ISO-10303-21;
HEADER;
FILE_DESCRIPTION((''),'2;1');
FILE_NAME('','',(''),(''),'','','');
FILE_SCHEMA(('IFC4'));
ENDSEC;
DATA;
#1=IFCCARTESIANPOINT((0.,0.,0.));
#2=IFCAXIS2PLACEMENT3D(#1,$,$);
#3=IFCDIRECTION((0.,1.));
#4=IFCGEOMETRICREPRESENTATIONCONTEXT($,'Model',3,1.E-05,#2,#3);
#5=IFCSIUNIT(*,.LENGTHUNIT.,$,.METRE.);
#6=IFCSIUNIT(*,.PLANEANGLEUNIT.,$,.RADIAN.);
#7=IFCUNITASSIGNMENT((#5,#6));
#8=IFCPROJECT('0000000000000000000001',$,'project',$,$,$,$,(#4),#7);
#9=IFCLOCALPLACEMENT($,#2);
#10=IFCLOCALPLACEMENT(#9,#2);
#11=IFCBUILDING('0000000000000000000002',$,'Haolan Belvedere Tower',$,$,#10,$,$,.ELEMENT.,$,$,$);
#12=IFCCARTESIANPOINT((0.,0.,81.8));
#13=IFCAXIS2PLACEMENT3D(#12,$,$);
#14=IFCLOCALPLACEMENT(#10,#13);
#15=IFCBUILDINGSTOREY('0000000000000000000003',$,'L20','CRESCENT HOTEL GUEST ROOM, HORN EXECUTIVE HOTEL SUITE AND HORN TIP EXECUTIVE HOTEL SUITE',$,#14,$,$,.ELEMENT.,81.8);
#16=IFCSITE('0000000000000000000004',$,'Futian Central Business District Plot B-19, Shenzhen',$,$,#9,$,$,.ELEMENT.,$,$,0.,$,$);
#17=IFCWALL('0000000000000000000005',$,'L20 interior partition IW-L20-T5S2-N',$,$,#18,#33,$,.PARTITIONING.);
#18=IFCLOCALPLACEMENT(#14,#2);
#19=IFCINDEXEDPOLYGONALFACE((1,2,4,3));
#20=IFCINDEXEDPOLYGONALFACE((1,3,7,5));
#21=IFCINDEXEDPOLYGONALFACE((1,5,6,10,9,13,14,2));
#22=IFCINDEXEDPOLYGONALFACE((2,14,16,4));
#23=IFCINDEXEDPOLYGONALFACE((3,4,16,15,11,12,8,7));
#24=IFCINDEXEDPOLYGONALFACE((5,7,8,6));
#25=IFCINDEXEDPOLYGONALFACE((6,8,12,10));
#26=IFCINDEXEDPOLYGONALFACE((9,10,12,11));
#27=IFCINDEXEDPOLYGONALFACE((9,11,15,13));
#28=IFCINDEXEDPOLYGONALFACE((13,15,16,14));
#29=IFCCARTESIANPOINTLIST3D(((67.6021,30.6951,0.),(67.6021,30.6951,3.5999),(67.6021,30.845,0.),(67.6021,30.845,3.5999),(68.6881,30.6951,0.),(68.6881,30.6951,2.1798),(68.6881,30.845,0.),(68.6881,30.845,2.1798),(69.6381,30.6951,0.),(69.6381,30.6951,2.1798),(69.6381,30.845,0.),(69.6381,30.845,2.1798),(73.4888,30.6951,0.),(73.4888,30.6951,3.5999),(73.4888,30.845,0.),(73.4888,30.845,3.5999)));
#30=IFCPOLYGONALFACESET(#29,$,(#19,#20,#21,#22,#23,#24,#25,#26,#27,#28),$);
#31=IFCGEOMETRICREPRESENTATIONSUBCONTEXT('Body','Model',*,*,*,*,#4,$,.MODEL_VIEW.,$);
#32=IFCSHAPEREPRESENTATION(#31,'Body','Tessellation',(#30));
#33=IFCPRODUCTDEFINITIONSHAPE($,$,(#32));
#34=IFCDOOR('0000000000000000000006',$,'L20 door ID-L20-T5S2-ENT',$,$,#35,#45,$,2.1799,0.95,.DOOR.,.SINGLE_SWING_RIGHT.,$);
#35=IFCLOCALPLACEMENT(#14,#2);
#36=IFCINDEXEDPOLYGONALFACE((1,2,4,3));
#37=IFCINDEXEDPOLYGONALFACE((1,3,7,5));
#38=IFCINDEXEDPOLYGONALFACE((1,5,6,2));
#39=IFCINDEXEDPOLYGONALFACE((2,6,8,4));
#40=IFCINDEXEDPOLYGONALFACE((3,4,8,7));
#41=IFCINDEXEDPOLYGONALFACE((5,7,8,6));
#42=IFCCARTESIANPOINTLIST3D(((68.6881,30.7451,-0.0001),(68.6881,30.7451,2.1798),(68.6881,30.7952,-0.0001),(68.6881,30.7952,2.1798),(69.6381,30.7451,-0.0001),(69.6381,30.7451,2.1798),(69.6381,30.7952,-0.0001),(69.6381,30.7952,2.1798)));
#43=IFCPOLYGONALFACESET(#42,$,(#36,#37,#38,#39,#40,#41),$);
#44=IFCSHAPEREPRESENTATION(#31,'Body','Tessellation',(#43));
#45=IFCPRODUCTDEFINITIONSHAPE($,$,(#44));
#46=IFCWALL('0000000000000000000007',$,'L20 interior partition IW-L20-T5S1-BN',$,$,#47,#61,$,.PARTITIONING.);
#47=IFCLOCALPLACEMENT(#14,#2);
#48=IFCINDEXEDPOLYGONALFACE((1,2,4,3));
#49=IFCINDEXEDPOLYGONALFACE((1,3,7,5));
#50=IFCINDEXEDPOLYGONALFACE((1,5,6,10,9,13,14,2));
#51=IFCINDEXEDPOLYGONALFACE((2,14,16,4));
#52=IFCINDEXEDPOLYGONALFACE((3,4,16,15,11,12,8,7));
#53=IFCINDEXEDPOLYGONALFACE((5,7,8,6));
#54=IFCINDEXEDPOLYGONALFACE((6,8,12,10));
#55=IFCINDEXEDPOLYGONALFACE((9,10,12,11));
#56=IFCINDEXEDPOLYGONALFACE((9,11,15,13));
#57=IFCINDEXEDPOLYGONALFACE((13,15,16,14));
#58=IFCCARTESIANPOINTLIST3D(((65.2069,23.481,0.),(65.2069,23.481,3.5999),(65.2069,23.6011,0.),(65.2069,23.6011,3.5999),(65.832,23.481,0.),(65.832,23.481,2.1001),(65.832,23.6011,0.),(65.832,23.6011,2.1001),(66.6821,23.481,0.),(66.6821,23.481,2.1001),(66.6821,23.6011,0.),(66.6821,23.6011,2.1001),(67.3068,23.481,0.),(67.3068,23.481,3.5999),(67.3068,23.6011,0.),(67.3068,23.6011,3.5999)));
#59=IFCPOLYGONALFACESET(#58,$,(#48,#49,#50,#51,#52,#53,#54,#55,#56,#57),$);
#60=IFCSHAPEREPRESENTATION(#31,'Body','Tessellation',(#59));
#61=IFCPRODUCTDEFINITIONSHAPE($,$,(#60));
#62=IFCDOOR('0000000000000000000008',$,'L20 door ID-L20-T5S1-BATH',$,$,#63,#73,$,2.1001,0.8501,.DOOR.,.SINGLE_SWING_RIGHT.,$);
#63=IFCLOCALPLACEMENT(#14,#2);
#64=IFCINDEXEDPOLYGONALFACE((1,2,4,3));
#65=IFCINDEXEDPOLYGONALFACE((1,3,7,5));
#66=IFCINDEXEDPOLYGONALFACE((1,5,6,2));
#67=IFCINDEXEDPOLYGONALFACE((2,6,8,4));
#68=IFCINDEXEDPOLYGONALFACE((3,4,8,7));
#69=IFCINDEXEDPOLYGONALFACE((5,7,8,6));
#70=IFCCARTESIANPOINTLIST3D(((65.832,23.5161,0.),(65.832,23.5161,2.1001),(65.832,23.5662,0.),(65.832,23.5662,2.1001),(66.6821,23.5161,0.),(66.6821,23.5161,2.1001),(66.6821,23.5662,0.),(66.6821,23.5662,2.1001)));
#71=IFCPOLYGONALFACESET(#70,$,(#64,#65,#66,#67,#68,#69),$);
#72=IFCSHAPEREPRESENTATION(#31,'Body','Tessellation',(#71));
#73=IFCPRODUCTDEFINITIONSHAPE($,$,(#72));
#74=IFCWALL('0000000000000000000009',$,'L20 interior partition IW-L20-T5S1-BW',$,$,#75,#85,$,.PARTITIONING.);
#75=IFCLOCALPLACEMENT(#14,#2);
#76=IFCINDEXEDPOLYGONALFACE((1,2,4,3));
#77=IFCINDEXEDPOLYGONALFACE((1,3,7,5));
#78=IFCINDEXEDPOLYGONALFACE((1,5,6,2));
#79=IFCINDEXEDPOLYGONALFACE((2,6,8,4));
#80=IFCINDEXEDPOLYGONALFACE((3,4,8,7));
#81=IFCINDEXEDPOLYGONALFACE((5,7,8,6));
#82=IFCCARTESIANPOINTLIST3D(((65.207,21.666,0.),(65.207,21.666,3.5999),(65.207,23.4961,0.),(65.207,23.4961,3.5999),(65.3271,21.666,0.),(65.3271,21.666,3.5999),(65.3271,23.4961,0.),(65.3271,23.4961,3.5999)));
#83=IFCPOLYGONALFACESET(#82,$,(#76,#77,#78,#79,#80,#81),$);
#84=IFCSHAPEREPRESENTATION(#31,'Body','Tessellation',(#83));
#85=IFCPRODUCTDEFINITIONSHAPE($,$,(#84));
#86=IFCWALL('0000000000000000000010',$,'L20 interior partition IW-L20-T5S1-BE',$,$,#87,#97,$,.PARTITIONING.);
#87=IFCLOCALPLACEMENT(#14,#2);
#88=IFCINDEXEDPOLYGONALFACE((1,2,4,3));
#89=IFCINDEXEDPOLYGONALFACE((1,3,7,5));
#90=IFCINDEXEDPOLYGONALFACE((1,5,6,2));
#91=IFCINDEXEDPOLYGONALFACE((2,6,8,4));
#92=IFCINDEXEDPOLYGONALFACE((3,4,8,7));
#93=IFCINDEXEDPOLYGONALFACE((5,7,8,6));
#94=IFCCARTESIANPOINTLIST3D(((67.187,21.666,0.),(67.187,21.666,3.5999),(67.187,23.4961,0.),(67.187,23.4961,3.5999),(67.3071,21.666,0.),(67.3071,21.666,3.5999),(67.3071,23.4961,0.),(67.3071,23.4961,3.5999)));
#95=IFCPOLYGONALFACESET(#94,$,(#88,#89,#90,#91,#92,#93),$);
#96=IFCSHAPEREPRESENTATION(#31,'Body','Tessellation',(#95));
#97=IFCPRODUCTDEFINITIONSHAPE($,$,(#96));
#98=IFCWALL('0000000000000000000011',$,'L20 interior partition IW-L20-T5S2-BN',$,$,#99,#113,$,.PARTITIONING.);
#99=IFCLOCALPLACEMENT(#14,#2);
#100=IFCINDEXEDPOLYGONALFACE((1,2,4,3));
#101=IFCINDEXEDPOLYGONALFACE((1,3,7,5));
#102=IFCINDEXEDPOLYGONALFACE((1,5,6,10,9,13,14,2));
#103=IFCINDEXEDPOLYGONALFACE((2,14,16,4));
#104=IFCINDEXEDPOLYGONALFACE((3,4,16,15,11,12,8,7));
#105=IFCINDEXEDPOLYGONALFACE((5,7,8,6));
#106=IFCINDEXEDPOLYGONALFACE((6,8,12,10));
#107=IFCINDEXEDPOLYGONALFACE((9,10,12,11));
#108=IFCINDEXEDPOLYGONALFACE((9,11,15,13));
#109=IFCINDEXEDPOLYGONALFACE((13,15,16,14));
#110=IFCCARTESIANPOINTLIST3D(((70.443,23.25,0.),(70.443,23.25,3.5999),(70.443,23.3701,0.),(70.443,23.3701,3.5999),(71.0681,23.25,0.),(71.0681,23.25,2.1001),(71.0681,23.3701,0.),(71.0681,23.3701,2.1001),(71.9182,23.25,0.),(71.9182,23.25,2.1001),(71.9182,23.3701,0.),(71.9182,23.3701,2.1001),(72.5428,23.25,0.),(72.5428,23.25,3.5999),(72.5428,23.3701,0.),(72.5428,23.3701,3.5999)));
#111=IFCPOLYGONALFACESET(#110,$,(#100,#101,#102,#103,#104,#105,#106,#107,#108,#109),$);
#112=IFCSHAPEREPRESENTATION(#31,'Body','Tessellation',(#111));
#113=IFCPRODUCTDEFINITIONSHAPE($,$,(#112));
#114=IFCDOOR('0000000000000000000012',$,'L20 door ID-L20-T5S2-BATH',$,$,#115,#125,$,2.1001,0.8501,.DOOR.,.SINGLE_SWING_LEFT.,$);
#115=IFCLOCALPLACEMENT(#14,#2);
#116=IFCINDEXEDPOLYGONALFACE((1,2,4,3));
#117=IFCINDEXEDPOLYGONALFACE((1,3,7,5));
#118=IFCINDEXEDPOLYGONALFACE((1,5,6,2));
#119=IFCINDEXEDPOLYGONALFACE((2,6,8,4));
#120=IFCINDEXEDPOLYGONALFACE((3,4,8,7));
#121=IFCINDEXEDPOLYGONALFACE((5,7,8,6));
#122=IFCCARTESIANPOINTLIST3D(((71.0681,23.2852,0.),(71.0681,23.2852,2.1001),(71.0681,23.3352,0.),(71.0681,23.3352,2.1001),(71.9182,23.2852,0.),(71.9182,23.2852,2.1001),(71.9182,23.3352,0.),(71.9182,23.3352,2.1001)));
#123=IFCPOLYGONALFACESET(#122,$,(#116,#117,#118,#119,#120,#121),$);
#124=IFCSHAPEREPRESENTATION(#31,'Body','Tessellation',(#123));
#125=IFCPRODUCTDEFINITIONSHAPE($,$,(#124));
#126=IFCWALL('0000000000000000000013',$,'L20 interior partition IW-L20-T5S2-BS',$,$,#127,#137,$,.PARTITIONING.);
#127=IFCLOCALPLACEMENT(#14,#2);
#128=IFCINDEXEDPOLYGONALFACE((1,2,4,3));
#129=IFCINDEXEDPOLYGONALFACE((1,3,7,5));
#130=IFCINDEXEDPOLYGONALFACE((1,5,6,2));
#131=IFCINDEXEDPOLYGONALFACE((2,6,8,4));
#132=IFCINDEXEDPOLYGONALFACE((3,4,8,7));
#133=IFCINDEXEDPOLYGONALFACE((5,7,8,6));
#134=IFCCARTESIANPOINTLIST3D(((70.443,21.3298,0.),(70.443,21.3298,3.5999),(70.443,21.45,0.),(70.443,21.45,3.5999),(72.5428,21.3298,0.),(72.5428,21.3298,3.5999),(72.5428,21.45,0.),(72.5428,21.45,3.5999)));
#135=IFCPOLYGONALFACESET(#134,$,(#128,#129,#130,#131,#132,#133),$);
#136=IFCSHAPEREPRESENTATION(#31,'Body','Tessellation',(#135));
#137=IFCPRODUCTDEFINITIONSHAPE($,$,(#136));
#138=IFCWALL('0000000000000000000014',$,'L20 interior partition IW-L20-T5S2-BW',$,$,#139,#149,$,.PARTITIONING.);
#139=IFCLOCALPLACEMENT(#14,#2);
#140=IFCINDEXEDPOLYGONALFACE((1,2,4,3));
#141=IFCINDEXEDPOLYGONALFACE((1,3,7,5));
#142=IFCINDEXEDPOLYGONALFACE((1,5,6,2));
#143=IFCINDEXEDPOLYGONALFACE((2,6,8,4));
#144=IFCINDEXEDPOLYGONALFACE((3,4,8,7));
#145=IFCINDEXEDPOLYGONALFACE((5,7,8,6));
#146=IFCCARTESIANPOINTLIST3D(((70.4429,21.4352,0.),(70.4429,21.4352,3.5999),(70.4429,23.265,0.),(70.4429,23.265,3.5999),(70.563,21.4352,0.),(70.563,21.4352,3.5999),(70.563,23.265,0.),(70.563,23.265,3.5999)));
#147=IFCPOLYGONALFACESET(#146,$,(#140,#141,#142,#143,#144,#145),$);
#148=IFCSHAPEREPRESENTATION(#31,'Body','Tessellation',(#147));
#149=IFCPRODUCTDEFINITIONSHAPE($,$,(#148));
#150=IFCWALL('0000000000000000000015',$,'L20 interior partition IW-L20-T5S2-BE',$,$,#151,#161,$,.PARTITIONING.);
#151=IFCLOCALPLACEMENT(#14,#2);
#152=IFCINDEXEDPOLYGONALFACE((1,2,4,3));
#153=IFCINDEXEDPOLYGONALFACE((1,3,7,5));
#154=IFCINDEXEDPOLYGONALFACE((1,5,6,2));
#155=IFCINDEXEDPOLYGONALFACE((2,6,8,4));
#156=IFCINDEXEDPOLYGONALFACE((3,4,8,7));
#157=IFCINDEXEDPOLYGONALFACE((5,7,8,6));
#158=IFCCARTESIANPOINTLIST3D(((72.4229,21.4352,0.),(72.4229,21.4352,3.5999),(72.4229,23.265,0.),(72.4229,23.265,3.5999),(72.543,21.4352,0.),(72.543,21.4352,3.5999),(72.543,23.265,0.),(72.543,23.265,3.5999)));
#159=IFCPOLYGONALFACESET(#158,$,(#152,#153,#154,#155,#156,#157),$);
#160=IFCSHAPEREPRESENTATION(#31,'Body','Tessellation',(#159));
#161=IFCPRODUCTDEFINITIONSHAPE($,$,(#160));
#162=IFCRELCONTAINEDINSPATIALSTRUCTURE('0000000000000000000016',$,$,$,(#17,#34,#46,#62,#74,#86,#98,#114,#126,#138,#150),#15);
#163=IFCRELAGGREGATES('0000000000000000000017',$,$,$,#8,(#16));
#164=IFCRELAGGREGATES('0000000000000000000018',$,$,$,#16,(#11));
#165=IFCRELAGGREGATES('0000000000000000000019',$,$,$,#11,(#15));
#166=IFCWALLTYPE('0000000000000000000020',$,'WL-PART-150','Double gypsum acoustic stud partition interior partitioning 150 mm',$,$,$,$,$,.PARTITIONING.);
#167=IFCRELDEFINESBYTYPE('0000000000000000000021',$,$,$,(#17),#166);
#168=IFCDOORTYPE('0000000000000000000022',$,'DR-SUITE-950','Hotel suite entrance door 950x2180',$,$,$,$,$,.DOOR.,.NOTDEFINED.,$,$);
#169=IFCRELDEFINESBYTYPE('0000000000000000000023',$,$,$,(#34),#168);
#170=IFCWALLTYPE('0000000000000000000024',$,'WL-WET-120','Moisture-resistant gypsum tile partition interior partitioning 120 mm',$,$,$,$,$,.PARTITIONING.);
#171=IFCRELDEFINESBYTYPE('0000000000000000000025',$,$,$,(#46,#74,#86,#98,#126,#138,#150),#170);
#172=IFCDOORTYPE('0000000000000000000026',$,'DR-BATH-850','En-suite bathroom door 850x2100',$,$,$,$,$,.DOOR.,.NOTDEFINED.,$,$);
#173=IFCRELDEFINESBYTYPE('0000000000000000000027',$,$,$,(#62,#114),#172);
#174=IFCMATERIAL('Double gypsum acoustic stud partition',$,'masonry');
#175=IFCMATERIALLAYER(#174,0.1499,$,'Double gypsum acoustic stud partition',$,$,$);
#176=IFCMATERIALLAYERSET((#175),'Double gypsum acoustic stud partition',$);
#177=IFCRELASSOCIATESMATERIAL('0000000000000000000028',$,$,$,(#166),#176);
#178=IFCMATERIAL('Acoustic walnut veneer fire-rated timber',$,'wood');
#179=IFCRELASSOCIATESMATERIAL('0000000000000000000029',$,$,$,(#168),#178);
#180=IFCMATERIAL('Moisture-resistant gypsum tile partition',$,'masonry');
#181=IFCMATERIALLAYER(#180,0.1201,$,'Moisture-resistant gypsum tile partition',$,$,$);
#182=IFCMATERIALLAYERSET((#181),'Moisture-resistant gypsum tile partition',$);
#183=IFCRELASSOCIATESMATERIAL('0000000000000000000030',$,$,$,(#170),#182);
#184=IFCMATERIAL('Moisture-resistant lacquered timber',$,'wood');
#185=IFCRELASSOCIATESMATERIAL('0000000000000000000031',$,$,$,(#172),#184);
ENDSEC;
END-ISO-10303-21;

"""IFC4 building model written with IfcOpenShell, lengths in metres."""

from ifc_helpers import new_model, si_unit, direction, frame, frame_2d, origin, place, context, subcontext, project, spatial, rectangle, extrude, material, layer, layer_set, type_object, element, fill, save


model = new_model("IFC4")

# Units and contexts
model_context = context("Model", 3, precision=1e-05, world=origin(), true_north=direction((0.0, 1.0)))
body_context = subcontext(model_context, "Body", "Model", "MODEL_VIEW")
ifc_project = project(units=[si_unit("LENGTHUNIT", "METRE"), si_unit("PLANEANGLEUNIT", "RADIAN")], contexts=[model_context])

# Site, building, storey
site_placement = place(None, origin())
site = spatial("IfcSite", under=ifc_project, at=site_placement, Name="Futian Central Business District Plot B-19, Shenzhen", CompositionType="ELEMENT", RefElevation=0.0)
building_placement = place(site_placement, origin())
building = spatial("IfcBuilding", under=site, at=building_placement, Name="Haolan Belvedere Tower", CompositionType="ELEMENT")
storey_placement = place(building_placement, frame((0.0, 0.0, 81.8)))
storey = spatial("IfcBuildingStorey", under=building, at=storey_placement, Name="L20", Description="CRESCENT HOTEL GUEST ROOM, HORN EXECUTIVE HOTEL SUITE AND HORN TIP EXECUTIVE HOTEL SUITE", CompositionType="ELEMENT", Elevation=81.8)

# Walls, openings, doors
ifc_material_1 = material(Name="Double gypsum acoustic stud partition", Category="masonry")
ifc_layer_1 = layer(ifc_material_1, 0.1499, Name="Double gypsum acoustic stud partition")
ifc_layer_set_1 = layer_set([ifc_layer_1], Name="Double gypsum acoustic stud partition")
wall_type_1 = type_object("IfcWallType", Name="WL-PART-150", Description="Double gypsum acoustic stud partition interior partitioning 150 mm", PredefinedType="PARTITIONING", material=ifc_layer_set_1)
wall_1_placement = place(storey_placement, frame((67.6021, 30.77, 0.0), z_axis=(0.0, 0.0, 1.0), x_axis=(1.0, 0.0, 0.0)))
wall_1 = element("IfcWall", 1, at=wall_1_placement, inside=storey, type_object=wall_type_1, Name="L20 interior partition IW-L20-T5S2-N", PredefinedType="PARTITIONING", context=body_context, shape_type="SweptSolid", body=[
    extrude(rectangle(XDim=5.8867, YDim=0.1499, at=frame_2d((2.9434, 0.0))), origin(), (0.0, 0.0, 1.0), 3.5999),
])
opening_1_placement = place(wall_1_placement, frame((2.0361, 0.0, 0.0), z_axis=(0.0, 0.0, 1.0), x_axis=(-1.0, 0.0, 0.0)))
opening_1 = element("IfcOpeningElement", 2, at=opening_1_placement, cuts=wall_1, PredefinedType="OPENING", context=body_context, shape_type="SweptSolid", body=[
    extrude(rectangle(XDim=0.95, YDim=2.1799, at=frame_2d((0.4751, 1.0898))), frame((0.0, 0.085, 0.0), z_axis=(0.0, -1.0, 0.0), x_axis=(1.0, 0.0, 0.0)), (0.0, 0.0, 1.0), 0.1699),
])
ifc_material_2 = material(Name="Acoustic walnut veneer fire-rated timber", Category="wood")
door_type_1 = type_object("IfcDoorType", Name="DR-SUITE-950", Description="Hotel suite entrance door 950x2180", OperationType="NOTDEFINED", PredefinedType="DOOR", material=ifc_material_2)
door_1_placement = place(opening_1_placement, origin())
door_1 = element("IfcDoor", 3, at=door_1_placement, inside=storey, type_object=door_type_1, Name="L20 door ID-L20-T5S2-ENT", OperationType="SINGLE_SWING_RIGHT", OverallHeight=2.1799, OverallWidth=0.95, PredefinedType="DOOR", context=body_context, shape_type="SweptSolid", body=[
    extrude(rectangle(XDim=0.95, YDim=2.1799, at=frame_2d((0.4751, 1.0898))), frame((0.0, 0.0249, 0.0), z_axis=(0.0, -1.0, 0.0), x_axis=(1.0, 0.0, 0.0)), (0.0, 0.0, 1.0), 0.05),
])
fill(opening_1, door_1)
ifc_material_3 = material(Name="Moisture-resistant gypsum tile partition", Category="masonry")
ifc_layer_2 = layer(ifc_material_3, 0.1201, Name="Moisture-resistant gypsum tile partition")
ifc_layer_set_2 = layer_set([ifc_layer_2], Name="Moisture-resistant gypsum tile partition")
wall_type_2 = type_object("IfcWallType", Name="WL-WET-120", Description="Moisture-resistant gypsum tile partition interior partitioning 120 mm", PredefinedType="PARTITIONING", material=ifc_layer_set_2)
wall_2_placement = place(storey_placement, frame((65.207, 23.541, 0.0), z_axis=(0.0, 0.0, 1.0), x_axis=(1.0, 0.0, 0.0)))
wall_2 = element("IfcWall", 4, at=wall_2_placement, inside=storey, type_object=wall_type_2, Name="L20 interior partition IW-L20-T5S1-BN", PredefinedType="PARTITIONING", context=body_context, shape_type="SweptSolid", body=[
    extrude(rectangle(XDim=2.0999, YDim=0.1201, at=frame_2d((1.0498, 0.0))), origin(), (0.0, 0.0, 1.0), 3.5999),
])
opening_2_placement = place(wall_2_placement, frame((1.4751, 0.0, 0.0), z_axis=(0.0, 0.0, 1.0), x_axis=(-1.0, 0.0, 0.0)))
opening_2 = element("IfcOpeningElement", 5, at=opening_2_placement, cuts=wall_2, PredefinedType="OPENING", context=body_context, shape_type="SweptSolid", body=[
    extrude(rectangle(XDim=0.8501, YDim=2.1001, at=frame_2d((0.425, 1.05))), frame((0.0, 0.0701, 0.0), z_axis=(0.0, -1.0, 0.0), x_axis=(1.0, 0.0, 0.0)), (0.0, 0.0, 1.0), 0.1401),
])
ifc_material_4 = material(Name="Moisture-resistant lacquered timber", Category="wood")
door_type_2 = type_object("IfcDoorType", Name="DR-BATH-850", Description="En-suite bathroom door 850x2100", OperationType="NOTDEFINED", PredefinedType="DOOR", material=ifc_material_4)
door_2_placement = place(opening_2_placement, origin())
door_2 = element("IfcDoor", 6, at=door_2_placement, inside=storey, type_object=door_type_2, Name="L20 door ID-L20-T5S1-BATH", OperationType="SINGLE_SWING_RIGHT", OverallHeight=2.1001, OverallWidth=0.8501, PredefinedType="DOOR", context=body_context, shape_type="SweptSolid", body=[
    extrude(rectangle(XDim=0.8501, YDim=2.1001, at=frame_2d((0.425, 1.05))), frame((0.0, 0.0249, 0.0), z_axis=(0.0, -1.0, 0.0), x_axis=(1.0, 0.0, 0.0)), (0.0, 0.0, 1.0), 0.05),
])
fill(opening_2, door_2)

# Walls
for number, where, z_axis, x_axis, name in (
    (7, (65.2671, 21.666, 0.0), (0.0, 0.0, 1.0), (0.0, 1.0, 0.0), "L20 interior partition IW-L20-T5S1-BW"),
    (8, (67.2471, 21.666, 0.0), (0.0, 0.0, 1.0), (0.0, 1.0, 0.0), "L20 interior partition IW-L20-T5S1-BE"),
):
    element("IfcWall", number, at=place(storey_placement, frame(where, z_axis=z_axis, x_axis=x_axis)), inside=storey, type_object=wall_type_2, Name=name, PredefinedType="PARTITIONING", context=body_context, shape_type="SweptSolid", body=[
        extrude(rectangle(XDim=1.8301, YDim=0.1201, at=frame_2d((0.915, 0.0))), origin(), (0.0, 0.0, 1.0), 3.5999),
    ])

# Wall, opening, door
wall_3_placement = place(storey_placement, frame((70.4431, 23.3101, 0.0), z_axis=(0.0, 0.0, 1.0), x_axis=(1.0, 0.0, 0.0)))
wall_3 = element("IfcWall", 9, at=wall_3_placement, inside=storey, type_object=wall_type_2, Name="L20 interior partition IW-L20-T5S2-BN", PredefinedType="PARTITIONING", context=body_context, shape_type="SweptSolid", body=[
    extrude(rectangle(XDim=2.0999, YDim=0.1201, at=frame_2d((1.0498, 0.0))), origin(), (0.0, 0.0, 1.0), 3.5999),
])
opening_3_placement = place(wall_3_placement, frame((1.4751, 0.0, 0.0), z_axis=(0.0, 0.0, 1.0), x_axis=(-1.0, 0.0, 0.0)))
opening_3 = element("IfcOpeningElement", 10, at=opening_3_placement, cuts=wall_3, PredefinedType="OPENING", context=body_context, shape_type="SweptSolid", body=[
    extrude(rectangle(XDim=0.8501, YDim=2.1001, at=frame_2d((0.425, 1.05))), frame((0.0, 0.0701, 0.0), z_axis=(0.0, -1.0, 0.0), x_axis=(1.0, 0.0, 0.0)), (0.0, 0.0, 1.0), 0.1401),
])
door_3_placement = place(opening_3_placement, origin())
door_3 = element("IfcDoor", 11, at=door_3_placement, inside=storey, type_object=door_type_2, Name="L20 door ID-L20-T5S2-BATH", OperationType="SINGLE_SWING_LEFT", OverallHeight=2.1001, OverallWidth=0.8501, PredefinedType="DOOR", context=body_context, shape_type="SweptSolid", body=[
    extrude(rectangle(XDim=0.8501, YDim=2.1001, at=frame_2d((0.425, 1.05))), frame((0.0, 0.0249, 0.0), z_axis=(0.0, -1.0, 0.0), x_axis=(1.0, 0.0, 0.0)), (0.0, 0.0, 1.0), 0.05),
])
fill(opening_3, door_3)

# Walls
wall_4_placement = place(storey_placement, frame((70.4431, 21.3899, 0.0), z_axis=(0.0, 0.0, 1.0), x_axis=(1.0, 0.0, 0.0)))
element("IfcWall", 12, at=wall_4_placement, inside=storey, type_object=wall_type_2, Name="L20 interior partition IW-L20-T5S2-BS", PredefinedType="PARTITIONING", context=body_context, shape_type="SweptSolid", body=[
    extrude(rectangle(XDim=2.0999, YDim=0.1201, at=frame_2d((1.0498, 0.0))), origin(), (0.0, 0.0, 1.0), 3.5999),
])
for number, where, z_axis, x_axis, name in (
    (13, (70.5029, 21.4351, 0.0), (0.0, 0.0, 1.0), (0.0, 1.0, 0.0), "L20 interior partition IW-L20-T5S2-BW"),
    (14, (72.4829, 21.4351, 0.0), (0.0, 0.0, 1.0), (0.0, 1.0, 0.0), "L20 interior partition IW-L20-T5S2-BE"),
):
    element("IfcWall", number, at=place(storey_placement, frame(where, z_axis=z_axis, x_axis=x_axis)), inside=storey, type_object=wall_type_2, Name=name, PredefinedType="PARTITIONING", context=body_context, shape_type="SweptSolid", body=[
        extrude(rectangle(XDim=1.8298, YDim=0.1201, at=frame_2d((0.915, 0.0))), origin(), (0.0, 0.0, 1.0), 3.5999),
    ])

save(model, "model.ifc")
